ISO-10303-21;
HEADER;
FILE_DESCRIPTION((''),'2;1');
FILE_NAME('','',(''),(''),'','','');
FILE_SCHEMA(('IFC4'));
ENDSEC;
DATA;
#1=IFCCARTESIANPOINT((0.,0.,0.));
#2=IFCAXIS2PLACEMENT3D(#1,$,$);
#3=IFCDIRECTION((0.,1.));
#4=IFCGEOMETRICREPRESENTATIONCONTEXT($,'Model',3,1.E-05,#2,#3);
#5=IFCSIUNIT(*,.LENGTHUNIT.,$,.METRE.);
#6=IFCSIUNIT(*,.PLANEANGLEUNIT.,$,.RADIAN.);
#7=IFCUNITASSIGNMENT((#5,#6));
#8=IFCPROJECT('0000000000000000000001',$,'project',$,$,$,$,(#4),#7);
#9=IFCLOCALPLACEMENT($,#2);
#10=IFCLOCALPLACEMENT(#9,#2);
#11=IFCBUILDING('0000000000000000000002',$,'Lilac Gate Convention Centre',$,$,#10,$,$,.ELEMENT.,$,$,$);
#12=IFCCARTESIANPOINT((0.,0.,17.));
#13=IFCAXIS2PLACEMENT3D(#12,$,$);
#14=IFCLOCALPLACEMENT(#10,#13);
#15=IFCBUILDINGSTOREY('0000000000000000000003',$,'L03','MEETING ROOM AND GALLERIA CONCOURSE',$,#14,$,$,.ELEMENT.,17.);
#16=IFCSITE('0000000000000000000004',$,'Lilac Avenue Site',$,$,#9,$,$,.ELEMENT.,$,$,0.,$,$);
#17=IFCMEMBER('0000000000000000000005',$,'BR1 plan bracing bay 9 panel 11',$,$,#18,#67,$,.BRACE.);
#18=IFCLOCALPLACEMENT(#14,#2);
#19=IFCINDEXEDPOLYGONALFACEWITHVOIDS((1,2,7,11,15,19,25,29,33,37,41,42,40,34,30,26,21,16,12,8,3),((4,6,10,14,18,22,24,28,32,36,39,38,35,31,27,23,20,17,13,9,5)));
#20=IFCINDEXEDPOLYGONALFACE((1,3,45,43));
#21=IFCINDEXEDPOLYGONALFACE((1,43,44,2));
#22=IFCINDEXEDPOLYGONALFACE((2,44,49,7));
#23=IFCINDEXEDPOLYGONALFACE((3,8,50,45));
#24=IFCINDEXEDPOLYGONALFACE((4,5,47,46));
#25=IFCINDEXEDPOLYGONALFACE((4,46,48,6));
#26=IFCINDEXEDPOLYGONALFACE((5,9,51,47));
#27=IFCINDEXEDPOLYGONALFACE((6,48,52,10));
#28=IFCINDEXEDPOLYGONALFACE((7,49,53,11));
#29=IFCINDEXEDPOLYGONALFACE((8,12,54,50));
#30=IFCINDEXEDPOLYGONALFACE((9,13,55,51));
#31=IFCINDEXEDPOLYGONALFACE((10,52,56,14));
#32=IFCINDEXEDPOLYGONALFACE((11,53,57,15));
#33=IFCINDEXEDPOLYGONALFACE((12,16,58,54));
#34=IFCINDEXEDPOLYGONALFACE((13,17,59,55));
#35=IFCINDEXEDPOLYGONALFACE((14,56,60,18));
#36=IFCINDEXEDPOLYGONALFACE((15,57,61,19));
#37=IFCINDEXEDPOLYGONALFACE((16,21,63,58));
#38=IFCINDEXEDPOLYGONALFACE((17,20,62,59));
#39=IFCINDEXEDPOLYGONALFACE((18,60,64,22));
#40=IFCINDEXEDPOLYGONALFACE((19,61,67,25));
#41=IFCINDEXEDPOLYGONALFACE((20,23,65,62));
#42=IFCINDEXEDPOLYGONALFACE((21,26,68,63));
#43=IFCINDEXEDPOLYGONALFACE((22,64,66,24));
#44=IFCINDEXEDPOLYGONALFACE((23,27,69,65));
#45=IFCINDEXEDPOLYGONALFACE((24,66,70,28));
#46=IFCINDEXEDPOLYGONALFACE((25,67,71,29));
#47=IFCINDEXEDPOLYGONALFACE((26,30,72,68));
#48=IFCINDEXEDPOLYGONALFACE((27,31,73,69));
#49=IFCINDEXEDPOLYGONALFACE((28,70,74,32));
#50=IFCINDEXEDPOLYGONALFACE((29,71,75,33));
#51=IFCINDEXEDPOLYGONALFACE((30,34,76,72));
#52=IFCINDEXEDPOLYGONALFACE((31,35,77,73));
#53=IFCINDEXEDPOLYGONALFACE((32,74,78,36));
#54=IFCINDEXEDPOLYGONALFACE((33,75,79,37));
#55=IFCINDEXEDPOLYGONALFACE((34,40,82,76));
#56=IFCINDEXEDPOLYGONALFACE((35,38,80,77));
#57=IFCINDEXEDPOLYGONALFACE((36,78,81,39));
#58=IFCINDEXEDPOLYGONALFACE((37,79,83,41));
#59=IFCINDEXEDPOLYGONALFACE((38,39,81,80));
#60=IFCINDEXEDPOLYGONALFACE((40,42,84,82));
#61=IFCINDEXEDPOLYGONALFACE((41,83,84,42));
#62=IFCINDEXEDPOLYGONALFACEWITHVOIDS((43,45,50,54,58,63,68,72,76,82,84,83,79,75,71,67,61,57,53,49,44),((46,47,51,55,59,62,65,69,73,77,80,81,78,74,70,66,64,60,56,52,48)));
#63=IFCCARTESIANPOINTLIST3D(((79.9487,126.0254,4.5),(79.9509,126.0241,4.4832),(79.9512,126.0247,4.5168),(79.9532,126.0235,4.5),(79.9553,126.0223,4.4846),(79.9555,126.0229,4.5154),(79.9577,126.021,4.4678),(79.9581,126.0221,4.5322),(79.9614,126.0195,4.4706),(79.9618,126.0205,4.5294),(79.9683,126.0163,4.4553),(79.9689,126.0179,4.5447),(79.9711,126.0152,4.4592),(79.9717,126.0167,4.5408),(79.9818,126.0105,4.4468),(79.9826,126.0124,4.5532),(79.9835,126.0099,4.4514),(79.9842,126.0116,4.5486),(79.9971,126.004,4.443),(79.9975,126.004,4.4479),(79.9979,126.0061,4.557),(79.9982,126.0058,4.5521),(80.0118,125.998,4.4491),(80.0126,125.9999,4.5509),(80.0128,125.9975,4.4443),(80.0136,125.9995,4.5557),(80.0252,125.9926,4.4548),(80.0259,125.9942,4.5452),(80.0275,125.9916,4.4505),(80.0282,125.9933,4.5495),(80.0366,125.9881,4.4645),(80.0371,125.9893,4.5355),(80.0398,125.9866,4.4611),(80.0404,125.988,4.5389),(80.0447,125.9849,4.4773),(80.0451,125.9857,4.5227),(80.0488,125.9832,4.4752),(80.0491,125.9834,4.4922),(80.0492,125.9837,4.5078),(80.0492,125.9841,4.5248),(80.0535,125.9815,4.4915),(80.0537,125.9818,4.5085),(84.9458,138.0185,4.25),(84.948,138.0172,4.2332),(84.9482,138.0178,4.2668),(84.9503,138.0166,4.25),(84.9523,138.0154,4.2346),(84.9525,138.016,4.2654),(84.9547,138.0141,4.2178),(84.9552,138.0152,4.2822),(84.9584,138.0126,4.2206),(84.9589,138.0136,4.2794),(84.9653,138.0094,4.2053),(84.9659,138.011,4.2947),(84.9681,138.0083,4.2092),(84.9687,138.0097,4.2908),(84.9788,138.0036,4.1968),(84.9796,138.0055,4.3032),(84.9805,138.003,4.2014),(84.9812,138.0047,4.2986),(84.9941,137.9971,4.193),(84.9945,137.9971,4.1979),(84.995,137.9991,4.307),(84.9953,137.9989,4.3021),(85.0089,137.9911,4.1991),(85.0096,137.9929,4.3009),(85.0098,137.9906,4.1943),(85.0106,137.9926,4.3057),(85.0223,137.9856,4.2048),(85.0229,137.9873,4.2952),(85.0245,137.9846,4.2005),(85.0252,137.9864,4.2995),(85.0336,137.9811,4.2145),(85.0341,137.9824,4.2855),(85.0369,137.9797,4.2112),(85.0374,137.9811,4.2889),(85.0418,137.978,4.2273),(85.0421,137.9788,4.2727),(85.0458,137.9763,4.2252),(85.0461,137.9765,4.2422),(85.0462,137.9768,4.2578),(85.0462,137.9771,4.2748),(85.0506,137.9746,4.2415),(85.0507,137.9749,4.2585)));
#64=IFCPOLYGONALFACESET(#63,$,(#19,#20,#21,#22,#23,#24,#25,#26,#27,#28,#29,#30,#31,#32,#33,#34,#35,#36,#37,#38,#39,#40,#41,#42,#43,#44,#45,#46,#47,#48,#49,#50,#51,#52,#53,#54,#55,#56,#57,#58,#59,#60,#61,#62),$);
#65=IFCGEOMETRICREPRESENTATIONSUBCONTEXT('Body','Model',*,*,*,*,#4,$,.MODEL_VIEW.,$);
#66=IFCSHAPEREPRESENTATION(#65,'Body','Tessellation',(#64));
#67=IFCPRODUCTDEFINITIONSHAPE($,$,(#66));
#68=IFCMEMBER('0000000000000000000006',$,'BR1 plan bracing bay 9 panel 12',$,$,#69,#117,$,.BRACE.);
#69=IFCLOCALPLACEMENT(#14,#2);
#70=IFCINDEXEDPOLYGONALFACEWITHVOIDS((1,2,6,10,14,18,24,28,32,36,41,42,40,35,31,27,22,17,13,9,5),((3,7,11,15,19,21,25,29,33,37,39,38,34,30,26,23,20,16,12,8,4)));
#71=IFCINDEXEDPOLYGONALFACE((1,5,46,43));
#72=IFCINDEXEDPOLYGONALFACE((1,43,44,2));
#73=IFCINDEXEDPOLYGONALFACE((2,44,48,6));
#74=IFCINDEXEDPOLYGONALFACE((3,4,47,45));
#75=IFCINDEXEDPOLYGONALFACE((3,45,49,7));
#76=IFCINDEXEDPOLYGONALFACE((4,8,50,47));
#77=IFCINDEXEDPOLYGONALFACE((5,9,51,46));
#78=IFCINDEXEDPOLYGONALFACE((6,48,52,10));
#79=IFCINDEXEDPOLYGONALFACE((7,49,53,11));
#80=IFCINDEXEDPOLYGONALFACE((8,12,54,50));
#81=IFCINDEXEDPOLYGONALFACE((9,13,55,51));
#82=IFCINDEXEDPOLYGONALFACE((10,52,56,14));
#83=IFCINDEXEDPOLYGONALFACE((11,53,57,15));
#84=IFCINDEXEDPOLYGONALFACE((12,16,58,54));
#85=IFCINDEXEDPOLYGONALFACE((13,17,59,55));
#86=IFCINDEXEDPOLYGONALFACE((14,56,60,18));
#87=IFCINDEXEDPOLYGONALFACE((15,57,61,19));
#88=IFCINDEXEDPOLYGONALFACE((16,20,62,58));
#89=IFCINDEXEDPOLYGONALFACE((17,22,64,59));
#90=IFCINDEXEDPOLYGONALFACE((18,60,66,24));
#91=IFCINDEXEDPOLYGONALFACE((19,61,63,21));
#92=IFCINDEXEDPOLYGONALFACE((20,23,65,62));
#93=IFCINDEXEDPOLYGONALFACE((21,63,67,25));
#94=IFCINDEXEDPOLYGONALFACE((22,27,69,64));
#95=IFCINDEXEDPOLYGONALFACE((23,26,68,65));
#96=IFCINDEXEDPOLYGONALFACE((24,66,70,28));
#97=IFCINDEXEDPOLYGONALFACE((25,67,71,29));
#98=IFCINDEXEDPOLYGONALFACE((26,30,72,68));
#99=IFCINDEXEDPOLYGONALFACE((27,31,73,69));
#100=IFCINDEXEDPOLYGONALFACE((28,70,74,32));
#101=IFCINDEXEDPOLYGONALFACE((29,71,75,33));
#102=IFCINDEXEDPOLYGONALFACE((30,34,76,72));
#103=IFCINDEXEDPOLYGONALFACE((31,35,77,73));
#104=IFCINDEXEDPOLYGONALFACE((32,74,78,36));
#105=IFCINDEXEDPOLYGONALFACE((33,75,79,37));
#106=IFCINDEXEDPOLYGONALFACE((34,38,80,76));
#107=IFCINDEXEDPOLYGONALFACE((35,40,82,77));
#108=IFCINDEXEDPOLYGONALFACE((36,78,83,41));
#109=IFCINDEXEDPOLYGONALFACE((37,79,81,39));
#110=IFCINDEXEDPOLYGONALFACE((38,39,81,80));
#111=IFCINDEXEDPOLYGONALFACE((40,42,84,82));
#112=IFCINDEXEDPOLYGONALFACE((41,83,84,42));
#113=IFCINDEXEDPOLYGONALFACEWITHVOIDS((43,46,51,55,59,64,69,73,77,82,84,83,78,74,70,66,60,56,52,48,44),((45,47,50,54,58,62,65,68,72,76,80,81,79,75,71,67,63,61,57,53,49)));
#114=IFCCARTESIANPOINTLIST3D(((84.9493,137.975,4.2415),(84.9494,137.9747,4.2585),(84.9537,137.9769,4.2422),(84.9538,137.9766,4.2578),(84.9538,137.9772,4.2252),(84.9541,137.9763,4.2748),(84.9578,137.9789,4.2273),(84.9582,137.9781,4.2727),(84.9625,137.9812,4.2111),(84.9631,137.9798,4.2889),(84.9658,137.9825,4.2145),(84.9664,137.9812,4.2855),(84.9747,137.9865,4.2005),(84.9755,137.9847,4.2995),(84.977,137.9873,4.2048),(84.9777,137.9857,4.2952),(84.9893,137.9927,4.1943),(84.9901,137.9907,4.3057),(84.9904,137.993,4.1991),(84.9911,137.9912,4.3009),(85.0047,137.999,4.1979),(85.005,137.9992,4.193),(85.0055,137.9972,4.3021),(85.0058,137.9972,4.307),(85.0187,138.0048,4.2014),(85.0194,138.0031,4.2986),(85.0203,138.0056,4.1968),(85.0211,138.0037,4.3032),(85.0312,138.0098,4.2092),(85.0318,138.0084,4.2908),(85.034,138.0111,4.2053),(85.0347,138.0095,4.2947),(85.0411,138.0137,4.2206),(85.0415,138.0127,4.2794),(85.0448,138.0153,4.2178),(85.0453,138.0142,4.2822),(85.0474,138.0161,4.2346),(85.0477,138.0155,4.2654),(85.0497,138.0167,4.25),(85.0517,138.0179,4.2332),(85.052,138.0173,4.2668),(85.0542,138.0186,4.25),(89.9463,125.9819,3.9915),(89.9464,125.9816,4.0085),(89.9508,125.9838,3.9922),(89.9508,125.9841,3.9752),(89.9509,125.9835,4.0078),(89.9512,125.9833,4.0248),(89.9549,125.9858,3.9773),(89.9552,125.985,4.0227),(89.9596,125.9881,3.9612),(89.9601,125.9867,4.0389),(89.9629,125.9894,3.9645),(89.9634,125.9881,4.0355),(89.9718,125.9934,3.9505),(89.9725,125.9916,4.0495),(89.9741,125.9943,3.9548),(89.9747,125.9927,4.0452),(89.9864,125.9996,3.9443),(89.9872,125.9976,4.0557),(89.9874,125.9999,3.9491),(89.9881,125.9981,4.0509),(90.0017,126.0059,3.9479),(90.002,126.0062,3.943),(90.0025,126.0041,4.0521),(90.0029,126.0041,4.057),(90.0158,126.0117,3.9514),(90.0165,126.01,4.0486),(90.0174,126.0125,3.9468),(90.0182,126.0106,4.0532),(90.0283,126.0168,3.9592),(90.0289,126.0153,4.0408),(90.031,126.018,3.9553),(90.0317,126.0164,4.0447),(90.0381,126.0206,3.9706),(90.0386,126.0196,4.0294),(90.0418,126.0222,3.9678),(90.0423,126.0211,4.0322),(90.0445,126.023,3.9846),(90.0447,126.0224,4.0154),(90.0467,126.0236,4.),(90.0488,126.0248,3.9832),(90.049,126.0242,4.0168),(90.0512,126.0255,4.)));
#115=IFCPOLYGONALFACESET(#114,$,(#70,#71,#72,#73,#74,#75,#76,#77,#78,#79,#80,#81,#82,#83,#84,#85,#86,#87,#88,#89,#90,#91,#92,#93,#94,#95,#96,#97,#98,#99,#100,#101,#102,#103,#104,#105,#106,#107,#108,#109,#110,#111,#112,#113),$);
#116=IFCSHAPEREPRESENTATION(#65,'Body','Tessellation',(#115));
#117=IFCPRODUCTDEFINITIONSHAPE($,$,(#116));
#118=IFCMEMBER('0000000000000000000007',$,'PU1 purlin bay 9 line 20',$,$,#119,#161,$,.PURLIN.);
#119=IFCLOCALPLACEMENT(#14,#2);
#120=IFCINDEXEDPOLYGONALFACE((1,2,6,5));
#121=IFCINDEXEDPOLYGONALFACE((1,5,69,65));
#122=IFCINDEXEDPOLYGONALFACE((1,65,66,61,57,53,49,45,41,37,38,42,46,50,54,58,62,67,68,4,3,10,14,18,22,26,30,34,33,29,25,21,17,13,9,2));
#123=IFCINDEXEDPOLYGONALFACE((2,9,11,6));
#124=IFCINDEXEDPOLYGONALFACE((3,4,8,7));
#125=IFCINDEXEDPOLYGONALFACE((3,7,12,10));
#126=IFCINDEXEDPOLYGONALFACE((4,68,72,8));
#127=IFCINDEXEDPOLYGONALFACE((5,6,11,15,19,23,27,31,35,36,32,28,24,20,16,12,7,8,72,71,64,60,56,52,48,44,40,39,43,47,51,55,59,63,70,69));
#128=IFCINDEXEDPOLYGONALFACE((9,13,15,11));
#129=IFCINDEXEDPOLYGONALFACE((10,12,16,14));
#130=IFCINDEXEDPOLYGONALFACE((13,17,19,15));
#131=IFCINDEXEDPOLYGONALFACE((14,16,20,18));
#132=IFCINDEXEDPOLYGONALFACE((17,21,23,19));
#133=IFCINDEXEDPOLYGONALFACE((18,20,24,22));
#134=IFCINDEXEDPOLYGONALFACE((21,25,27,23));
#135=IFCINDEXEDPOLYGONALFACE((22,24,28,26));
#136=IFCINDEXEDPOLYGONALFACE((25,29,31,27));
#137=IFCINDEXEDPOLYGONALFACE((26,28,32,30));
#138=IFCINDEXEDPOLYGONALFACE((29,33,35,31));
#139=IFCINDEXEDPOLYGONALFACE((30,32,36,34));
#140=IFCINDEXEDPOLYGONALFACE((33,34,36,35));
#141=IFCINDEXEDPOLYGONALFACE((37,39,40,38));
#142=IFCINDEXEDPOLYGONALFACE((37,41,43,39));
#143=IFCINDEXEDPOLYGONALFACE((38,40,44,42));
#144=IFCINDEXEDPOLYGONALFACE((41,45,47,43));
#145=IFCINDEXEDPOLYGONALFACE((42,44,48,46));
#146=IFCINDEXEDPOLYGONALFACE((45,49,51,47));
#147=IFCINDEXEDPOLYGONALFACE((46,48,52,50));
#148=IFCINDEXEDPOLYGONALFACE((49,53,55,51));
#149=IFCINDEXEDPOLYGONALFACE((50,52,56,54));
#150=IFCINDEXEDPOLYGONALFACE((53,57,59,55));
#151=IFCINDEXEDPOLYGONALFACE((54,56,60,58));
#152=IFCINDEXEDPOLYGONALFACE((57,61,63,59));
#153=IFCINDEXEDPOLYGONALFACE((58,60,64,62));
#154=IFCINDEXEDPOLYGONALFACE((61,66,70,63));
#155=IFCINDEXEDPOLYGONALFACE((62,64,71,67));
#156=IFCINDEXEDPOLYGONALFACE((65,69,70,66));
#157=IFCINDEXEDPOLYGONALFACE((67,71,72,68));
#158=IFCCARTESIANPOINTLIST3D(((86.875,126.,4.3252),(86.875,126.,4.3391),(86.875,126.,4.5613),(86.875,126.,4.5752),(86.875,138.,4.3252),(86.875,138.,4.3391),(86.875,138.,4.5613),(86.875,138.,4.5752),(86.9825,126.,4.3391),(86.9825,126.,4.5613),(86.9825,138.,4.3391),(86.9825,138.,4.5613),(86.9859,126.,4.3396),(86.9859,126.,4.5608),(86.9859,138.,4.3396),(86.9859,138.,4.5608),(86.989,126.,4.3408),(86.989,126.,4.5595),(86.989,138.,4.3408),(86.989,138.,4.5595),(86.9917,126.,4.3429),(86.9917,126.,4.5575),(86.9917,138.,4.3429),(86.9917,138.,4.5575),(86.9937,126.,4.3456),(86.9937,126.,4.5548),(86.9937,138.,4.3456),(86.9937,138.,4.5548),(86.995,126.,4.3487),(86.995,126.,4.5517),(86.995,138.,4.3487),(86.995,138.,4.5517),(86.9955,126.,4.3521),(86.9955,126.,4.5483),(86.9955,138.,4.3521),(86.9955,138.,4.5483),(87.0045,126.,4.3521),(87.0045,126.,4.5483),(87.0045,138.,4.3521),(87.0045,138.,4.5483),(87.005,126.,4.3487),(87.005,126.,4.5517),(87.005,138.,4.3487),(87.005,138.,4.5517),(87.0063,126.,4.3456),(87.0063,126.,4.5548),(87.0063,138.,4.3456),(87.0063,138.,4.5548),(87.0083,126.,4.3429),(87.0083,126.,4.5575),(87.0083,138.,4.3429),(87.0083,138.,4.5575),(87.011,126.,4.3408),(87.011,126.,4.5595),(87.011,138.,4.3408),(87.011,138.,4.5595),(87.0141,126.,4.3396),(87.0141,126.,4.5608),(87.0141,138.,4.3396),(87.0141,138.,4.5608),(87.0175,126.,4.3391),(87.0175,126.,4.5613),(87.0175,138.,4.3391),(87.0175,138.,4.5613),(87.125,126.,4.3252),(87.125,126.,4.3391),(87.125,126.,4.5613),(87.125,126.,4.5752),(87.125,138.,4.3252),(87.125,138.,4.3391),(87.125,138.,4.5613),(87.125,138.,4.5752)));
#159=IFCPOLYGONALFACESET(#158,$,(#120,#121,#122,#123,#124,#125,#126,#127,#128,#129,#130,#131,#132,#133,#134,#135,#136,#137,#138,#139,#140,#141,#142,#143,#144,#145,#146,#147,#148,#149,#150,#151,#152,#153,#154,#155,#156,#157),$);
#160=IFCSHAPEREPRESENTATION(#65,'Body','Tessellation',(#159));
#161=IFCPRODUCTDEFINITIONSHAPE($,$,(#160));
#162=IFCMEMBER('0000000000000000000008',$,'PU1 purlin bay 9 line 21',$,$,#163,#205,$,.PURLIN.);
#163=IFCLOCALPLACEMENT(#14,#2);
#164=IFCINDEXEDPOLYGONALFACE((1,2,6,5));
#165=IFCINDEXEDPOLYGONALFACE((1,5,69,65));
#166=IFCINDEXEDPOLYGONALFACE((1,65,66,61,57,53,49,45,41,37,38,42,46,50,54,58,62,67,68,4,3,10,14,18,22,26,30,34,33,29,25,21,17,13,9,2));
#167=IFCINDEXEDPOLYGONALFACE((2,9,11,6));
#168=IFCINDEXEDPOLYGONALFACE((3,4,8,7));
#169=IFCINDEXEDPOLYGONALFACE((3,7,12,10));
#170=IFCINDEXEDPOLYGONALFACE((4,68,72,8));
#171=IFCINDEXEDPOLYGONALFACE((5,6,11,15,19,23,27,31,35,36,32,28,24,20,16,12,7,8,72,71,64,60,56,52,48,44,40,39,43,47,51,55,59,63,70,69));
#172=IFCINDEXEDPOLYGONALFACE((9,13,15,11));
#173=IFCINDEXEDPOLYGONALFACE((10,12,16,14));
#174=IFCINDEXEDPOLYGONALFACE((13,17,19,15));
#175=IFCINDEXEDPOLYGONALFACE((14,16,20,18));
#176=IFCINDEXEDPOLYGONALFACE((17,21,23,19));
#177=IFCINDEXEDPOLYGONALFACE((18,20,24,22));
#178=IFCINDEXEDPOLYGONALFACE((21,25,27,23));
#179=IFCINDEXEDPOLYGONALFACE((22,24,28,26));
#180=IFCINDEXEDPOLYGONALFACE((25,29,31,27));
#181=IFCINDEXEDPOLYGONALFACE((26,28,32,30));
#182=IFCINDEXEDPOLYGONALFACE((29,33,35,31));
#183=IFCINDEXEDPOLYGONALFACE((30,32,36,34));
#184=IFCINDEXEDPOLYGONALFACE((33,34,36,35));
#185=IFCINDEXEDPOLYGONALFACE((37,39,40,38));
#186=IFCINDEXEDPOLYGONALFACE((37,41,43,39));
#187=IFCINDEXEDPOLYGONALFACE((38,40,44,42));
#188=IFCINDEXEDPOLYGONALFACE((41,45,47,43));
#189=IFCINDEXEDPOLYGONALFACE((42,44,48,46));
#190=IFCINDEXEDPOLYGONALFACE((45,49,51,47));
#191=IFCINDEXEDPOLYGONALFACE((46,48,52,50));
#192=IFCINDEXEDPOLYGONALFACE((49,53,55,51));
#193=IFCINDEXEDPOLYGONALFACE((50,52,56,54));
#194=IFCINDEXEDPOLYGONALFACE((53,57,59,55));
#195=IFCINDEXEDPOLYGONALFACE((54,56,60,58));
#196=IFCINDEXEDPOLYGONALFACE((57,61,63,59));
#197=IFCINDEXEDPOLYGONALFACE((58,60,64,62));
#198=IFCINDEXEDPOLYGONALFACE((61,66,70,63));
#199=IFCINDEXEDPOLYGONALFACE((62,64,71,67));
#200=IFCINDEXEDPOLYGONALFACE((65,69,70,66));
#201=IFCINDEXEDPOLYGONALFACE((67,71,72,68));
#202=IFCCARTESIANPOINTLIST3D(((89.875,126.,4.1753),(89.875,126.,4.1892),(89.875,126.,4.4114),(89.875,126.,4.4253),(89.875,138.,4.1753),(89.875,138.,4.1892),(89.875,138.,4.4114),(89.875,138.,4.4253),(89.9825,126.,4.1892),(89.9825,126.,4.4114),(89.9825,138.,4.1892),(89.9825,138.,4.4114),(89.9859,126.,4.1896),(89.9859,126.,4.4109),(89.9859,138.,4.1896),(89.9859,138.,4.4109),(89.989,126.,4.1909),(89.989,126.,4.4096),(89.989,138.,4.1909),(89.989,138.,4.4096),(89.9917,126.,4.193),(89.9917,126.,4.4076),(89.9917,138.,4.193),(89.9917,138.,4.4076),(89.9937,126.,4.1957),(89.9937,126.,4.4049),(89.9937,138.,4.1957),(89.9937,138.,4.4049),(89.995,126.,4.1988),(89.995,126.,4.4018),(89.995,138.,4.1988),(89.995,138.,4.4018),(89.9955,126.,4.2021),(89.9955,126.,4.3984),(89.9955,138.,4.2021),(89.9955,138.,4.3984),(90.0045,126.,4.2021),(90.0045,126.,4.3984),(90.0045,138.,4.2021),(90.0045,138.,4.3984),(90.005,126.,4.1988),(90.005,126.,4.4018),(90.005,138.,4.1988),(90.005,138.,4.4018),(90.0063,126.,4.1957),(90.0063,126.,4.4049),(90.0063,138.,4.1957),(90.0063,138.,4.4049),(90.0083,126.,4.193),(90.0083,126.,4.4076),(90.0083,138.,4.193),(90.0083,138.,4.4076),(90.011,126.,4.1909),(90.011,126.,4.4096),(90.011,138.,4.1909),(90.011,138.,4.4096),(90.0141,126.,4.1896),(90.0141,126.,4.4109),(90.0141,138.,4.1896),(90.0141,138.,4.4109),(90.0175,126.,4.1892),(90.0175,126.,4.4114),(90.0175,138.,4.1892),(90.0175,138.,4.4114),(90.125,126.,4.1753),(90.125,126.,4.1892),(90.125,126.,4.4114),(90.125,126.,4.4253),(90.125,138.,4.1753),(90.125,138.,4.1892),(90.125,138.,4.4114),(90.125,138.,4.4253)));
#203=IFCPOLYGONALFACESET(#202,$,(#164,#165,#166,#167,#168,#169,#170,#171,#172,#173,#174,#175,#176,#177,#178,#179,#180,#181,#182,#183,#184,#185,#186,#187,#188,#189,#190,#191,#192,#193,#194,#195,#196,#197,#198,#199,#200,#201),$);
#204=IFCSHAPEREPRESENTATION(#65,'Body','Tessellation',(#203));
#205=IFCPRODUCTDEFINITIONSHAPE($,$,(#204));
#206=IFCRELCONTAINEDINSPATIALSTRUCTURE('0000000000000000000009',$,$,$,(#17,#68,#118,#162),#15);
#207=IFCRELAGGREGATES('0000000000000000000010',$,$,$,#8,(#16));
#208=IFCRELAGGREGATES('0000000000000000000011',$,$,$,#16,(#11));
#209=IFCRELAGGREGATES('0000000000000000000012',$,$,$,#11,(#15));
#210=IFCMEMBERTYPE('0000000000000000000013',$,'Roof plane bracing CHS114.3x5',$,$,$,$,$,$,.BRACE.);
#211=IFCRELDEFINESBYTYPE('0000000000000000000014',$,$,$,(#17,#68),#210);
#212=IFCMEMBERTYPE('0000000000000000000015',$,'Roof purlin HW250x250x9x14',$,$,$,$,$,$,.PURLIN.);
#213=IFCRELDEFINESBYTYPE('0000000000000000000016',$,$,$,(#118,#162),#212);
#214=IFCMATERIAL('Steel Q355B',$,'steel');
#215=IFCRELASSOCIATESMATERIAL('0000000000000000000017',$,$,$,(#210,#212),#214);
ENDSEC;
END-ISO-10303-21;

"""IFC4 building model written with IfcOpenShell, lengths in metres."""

from ifc_helpers import new_model, si_unit, direction, frame, origin, origin_2d, place, context, subcontext, project, spatial, hollow_circle, i_section, extrude, material, material_profile, profile_set, type_object, element, save


model = new_model("IFC4")

# Units and contexts
model_context = context("Model", 3, precision=1e-05, world=origin(), true_north=direction((0.0, 1.0)))
body_context = subcontext(model_context, "Body", "Model", "MODEL_VIEW")
ifc_project = project(units=[si_unit("LENGTHUNIT", "METRE"), si_unit("PLANEANGLEUNIT", "RADIAN")], contexts=[model_context])

# Site, building, storey
site_placement = place(None, origin())
site = spatial("IfcSite", under=ifc_project, at=site_placement, Name="Lilac Avenue Site", CompositionType="ELEMENT", RefElevation=0.0)
building_placement = place(site_placement, origin())
building = spatial("IfcBuilding", under=site, at=building_placement, Name="Lilac Gate Convention Centre", CompositionType="ELEMENT")
storey_placement = place(building_placement, frame((0.0, 0.0, 17.0)))
storey = spatial("IfcBuildingStorey", under=building, at=storey_placement, Name="L03", Description="MEETING ROOM AND GALLERIA CONCOURSE", CompositionType="ELEMENT", Elevation=17.0)

# Members
ifc_material = material(Name="Steel Q355B", Category="steel")
ifc_material_profile_1 = material_profile(ifc_material, hollow_circle(Radius=0.0571, WallThickness=0.0049, at=origin_2d()), Name="CHS114.3x5")
ifc_profile_set_1 = profile_set([ifc_material_profile_1], Name="Steel Q355B")
member_type_1 = type_object("IfcMemberType", Name="Roof plane bracing CHS114.3x5", PredefinedType="BRACE", material=ifc_profile_set_1)
for number, where, z_axis, x_axis, name in (
    (1, (80.0015, 126.0034, 4.5), (0.384539, 0.922908, -0.019238), (-0.923079, 0.38461, 0.0), "BR1 plan bracing bay 9 panel 11"),
    (2, (85.0015, 137.9966, 4.25), (0.384539, -0.922908, -0.019238), (0.923079, 0.38461, 0.0), "BR1 plan bracing bay 9 panel 12"),
):
    element("IfcMember", number, at=place(storey_placement, frame(where, z_axis=z_axis, x_axis=x_axis)), inside=storey, type_object=member_type_1, Name=name, PredefinedType="BRACE", context=body_context, shape_type="SweptSolid", body=[
        extrude(hollow_circle(Radius=0.0571, WallThickness=0.0049, at=origin_2d()), origin(), (0.0, 0.0, 1.0), 12.9949),
    ])
ifc_material_profile_2 = material_profile(ifc_material, i_section(OverallWidth=0.25, OverallDepth=0.25, WebThickness=0.009, FlangeThickness=0.0139, FilletRadius=0.0129, at=origin_2d()), Name="HW250x250x9x14")
ifc_profile_set_2 = profile_set([ifc_material_profile_2], Name="Steel Q355B")
member_type_2 = type_object("IfcMemberType", Name="Roof purlin HW250x250x9x14", PredefinedType="PURLIN", material=ifc_profile_set_2)
for number, where, z_axis, x_axis, name in (
    (3, (87.0, 126.0, 4.4502), (0.0, 1.0, 0.0), (-1.0, 0.0, 0.0), "PU1 purlin bay 9 line 20"),
    (4, (90.0, 126.0, 4.3003), (0.0, 1.0, 0.0), (-1.0, 0.0, 0.0), "PU1 purlin bay 9 line 21"),
):
    element("IfcMember", number, at=place(storey_placement, frame(where, z_axis=z_axis, x_axis=x_axis)), inside=storey, type_object=member_type_2, Name=name, PredefinedType="PURLIN", context=body_context, shape_type="SweptSolid", body=[
        extrude(i_section(OverallWidth=0.25, OverallDepth=0.25, WebThickness=0.009, FlangeThickness=0.0139, FilletRadius=0.0129, at=origin_2d()), origin(), (0.0, 0.0, 1.0), 12.0),
    ])

save(model, "model.ifc")
